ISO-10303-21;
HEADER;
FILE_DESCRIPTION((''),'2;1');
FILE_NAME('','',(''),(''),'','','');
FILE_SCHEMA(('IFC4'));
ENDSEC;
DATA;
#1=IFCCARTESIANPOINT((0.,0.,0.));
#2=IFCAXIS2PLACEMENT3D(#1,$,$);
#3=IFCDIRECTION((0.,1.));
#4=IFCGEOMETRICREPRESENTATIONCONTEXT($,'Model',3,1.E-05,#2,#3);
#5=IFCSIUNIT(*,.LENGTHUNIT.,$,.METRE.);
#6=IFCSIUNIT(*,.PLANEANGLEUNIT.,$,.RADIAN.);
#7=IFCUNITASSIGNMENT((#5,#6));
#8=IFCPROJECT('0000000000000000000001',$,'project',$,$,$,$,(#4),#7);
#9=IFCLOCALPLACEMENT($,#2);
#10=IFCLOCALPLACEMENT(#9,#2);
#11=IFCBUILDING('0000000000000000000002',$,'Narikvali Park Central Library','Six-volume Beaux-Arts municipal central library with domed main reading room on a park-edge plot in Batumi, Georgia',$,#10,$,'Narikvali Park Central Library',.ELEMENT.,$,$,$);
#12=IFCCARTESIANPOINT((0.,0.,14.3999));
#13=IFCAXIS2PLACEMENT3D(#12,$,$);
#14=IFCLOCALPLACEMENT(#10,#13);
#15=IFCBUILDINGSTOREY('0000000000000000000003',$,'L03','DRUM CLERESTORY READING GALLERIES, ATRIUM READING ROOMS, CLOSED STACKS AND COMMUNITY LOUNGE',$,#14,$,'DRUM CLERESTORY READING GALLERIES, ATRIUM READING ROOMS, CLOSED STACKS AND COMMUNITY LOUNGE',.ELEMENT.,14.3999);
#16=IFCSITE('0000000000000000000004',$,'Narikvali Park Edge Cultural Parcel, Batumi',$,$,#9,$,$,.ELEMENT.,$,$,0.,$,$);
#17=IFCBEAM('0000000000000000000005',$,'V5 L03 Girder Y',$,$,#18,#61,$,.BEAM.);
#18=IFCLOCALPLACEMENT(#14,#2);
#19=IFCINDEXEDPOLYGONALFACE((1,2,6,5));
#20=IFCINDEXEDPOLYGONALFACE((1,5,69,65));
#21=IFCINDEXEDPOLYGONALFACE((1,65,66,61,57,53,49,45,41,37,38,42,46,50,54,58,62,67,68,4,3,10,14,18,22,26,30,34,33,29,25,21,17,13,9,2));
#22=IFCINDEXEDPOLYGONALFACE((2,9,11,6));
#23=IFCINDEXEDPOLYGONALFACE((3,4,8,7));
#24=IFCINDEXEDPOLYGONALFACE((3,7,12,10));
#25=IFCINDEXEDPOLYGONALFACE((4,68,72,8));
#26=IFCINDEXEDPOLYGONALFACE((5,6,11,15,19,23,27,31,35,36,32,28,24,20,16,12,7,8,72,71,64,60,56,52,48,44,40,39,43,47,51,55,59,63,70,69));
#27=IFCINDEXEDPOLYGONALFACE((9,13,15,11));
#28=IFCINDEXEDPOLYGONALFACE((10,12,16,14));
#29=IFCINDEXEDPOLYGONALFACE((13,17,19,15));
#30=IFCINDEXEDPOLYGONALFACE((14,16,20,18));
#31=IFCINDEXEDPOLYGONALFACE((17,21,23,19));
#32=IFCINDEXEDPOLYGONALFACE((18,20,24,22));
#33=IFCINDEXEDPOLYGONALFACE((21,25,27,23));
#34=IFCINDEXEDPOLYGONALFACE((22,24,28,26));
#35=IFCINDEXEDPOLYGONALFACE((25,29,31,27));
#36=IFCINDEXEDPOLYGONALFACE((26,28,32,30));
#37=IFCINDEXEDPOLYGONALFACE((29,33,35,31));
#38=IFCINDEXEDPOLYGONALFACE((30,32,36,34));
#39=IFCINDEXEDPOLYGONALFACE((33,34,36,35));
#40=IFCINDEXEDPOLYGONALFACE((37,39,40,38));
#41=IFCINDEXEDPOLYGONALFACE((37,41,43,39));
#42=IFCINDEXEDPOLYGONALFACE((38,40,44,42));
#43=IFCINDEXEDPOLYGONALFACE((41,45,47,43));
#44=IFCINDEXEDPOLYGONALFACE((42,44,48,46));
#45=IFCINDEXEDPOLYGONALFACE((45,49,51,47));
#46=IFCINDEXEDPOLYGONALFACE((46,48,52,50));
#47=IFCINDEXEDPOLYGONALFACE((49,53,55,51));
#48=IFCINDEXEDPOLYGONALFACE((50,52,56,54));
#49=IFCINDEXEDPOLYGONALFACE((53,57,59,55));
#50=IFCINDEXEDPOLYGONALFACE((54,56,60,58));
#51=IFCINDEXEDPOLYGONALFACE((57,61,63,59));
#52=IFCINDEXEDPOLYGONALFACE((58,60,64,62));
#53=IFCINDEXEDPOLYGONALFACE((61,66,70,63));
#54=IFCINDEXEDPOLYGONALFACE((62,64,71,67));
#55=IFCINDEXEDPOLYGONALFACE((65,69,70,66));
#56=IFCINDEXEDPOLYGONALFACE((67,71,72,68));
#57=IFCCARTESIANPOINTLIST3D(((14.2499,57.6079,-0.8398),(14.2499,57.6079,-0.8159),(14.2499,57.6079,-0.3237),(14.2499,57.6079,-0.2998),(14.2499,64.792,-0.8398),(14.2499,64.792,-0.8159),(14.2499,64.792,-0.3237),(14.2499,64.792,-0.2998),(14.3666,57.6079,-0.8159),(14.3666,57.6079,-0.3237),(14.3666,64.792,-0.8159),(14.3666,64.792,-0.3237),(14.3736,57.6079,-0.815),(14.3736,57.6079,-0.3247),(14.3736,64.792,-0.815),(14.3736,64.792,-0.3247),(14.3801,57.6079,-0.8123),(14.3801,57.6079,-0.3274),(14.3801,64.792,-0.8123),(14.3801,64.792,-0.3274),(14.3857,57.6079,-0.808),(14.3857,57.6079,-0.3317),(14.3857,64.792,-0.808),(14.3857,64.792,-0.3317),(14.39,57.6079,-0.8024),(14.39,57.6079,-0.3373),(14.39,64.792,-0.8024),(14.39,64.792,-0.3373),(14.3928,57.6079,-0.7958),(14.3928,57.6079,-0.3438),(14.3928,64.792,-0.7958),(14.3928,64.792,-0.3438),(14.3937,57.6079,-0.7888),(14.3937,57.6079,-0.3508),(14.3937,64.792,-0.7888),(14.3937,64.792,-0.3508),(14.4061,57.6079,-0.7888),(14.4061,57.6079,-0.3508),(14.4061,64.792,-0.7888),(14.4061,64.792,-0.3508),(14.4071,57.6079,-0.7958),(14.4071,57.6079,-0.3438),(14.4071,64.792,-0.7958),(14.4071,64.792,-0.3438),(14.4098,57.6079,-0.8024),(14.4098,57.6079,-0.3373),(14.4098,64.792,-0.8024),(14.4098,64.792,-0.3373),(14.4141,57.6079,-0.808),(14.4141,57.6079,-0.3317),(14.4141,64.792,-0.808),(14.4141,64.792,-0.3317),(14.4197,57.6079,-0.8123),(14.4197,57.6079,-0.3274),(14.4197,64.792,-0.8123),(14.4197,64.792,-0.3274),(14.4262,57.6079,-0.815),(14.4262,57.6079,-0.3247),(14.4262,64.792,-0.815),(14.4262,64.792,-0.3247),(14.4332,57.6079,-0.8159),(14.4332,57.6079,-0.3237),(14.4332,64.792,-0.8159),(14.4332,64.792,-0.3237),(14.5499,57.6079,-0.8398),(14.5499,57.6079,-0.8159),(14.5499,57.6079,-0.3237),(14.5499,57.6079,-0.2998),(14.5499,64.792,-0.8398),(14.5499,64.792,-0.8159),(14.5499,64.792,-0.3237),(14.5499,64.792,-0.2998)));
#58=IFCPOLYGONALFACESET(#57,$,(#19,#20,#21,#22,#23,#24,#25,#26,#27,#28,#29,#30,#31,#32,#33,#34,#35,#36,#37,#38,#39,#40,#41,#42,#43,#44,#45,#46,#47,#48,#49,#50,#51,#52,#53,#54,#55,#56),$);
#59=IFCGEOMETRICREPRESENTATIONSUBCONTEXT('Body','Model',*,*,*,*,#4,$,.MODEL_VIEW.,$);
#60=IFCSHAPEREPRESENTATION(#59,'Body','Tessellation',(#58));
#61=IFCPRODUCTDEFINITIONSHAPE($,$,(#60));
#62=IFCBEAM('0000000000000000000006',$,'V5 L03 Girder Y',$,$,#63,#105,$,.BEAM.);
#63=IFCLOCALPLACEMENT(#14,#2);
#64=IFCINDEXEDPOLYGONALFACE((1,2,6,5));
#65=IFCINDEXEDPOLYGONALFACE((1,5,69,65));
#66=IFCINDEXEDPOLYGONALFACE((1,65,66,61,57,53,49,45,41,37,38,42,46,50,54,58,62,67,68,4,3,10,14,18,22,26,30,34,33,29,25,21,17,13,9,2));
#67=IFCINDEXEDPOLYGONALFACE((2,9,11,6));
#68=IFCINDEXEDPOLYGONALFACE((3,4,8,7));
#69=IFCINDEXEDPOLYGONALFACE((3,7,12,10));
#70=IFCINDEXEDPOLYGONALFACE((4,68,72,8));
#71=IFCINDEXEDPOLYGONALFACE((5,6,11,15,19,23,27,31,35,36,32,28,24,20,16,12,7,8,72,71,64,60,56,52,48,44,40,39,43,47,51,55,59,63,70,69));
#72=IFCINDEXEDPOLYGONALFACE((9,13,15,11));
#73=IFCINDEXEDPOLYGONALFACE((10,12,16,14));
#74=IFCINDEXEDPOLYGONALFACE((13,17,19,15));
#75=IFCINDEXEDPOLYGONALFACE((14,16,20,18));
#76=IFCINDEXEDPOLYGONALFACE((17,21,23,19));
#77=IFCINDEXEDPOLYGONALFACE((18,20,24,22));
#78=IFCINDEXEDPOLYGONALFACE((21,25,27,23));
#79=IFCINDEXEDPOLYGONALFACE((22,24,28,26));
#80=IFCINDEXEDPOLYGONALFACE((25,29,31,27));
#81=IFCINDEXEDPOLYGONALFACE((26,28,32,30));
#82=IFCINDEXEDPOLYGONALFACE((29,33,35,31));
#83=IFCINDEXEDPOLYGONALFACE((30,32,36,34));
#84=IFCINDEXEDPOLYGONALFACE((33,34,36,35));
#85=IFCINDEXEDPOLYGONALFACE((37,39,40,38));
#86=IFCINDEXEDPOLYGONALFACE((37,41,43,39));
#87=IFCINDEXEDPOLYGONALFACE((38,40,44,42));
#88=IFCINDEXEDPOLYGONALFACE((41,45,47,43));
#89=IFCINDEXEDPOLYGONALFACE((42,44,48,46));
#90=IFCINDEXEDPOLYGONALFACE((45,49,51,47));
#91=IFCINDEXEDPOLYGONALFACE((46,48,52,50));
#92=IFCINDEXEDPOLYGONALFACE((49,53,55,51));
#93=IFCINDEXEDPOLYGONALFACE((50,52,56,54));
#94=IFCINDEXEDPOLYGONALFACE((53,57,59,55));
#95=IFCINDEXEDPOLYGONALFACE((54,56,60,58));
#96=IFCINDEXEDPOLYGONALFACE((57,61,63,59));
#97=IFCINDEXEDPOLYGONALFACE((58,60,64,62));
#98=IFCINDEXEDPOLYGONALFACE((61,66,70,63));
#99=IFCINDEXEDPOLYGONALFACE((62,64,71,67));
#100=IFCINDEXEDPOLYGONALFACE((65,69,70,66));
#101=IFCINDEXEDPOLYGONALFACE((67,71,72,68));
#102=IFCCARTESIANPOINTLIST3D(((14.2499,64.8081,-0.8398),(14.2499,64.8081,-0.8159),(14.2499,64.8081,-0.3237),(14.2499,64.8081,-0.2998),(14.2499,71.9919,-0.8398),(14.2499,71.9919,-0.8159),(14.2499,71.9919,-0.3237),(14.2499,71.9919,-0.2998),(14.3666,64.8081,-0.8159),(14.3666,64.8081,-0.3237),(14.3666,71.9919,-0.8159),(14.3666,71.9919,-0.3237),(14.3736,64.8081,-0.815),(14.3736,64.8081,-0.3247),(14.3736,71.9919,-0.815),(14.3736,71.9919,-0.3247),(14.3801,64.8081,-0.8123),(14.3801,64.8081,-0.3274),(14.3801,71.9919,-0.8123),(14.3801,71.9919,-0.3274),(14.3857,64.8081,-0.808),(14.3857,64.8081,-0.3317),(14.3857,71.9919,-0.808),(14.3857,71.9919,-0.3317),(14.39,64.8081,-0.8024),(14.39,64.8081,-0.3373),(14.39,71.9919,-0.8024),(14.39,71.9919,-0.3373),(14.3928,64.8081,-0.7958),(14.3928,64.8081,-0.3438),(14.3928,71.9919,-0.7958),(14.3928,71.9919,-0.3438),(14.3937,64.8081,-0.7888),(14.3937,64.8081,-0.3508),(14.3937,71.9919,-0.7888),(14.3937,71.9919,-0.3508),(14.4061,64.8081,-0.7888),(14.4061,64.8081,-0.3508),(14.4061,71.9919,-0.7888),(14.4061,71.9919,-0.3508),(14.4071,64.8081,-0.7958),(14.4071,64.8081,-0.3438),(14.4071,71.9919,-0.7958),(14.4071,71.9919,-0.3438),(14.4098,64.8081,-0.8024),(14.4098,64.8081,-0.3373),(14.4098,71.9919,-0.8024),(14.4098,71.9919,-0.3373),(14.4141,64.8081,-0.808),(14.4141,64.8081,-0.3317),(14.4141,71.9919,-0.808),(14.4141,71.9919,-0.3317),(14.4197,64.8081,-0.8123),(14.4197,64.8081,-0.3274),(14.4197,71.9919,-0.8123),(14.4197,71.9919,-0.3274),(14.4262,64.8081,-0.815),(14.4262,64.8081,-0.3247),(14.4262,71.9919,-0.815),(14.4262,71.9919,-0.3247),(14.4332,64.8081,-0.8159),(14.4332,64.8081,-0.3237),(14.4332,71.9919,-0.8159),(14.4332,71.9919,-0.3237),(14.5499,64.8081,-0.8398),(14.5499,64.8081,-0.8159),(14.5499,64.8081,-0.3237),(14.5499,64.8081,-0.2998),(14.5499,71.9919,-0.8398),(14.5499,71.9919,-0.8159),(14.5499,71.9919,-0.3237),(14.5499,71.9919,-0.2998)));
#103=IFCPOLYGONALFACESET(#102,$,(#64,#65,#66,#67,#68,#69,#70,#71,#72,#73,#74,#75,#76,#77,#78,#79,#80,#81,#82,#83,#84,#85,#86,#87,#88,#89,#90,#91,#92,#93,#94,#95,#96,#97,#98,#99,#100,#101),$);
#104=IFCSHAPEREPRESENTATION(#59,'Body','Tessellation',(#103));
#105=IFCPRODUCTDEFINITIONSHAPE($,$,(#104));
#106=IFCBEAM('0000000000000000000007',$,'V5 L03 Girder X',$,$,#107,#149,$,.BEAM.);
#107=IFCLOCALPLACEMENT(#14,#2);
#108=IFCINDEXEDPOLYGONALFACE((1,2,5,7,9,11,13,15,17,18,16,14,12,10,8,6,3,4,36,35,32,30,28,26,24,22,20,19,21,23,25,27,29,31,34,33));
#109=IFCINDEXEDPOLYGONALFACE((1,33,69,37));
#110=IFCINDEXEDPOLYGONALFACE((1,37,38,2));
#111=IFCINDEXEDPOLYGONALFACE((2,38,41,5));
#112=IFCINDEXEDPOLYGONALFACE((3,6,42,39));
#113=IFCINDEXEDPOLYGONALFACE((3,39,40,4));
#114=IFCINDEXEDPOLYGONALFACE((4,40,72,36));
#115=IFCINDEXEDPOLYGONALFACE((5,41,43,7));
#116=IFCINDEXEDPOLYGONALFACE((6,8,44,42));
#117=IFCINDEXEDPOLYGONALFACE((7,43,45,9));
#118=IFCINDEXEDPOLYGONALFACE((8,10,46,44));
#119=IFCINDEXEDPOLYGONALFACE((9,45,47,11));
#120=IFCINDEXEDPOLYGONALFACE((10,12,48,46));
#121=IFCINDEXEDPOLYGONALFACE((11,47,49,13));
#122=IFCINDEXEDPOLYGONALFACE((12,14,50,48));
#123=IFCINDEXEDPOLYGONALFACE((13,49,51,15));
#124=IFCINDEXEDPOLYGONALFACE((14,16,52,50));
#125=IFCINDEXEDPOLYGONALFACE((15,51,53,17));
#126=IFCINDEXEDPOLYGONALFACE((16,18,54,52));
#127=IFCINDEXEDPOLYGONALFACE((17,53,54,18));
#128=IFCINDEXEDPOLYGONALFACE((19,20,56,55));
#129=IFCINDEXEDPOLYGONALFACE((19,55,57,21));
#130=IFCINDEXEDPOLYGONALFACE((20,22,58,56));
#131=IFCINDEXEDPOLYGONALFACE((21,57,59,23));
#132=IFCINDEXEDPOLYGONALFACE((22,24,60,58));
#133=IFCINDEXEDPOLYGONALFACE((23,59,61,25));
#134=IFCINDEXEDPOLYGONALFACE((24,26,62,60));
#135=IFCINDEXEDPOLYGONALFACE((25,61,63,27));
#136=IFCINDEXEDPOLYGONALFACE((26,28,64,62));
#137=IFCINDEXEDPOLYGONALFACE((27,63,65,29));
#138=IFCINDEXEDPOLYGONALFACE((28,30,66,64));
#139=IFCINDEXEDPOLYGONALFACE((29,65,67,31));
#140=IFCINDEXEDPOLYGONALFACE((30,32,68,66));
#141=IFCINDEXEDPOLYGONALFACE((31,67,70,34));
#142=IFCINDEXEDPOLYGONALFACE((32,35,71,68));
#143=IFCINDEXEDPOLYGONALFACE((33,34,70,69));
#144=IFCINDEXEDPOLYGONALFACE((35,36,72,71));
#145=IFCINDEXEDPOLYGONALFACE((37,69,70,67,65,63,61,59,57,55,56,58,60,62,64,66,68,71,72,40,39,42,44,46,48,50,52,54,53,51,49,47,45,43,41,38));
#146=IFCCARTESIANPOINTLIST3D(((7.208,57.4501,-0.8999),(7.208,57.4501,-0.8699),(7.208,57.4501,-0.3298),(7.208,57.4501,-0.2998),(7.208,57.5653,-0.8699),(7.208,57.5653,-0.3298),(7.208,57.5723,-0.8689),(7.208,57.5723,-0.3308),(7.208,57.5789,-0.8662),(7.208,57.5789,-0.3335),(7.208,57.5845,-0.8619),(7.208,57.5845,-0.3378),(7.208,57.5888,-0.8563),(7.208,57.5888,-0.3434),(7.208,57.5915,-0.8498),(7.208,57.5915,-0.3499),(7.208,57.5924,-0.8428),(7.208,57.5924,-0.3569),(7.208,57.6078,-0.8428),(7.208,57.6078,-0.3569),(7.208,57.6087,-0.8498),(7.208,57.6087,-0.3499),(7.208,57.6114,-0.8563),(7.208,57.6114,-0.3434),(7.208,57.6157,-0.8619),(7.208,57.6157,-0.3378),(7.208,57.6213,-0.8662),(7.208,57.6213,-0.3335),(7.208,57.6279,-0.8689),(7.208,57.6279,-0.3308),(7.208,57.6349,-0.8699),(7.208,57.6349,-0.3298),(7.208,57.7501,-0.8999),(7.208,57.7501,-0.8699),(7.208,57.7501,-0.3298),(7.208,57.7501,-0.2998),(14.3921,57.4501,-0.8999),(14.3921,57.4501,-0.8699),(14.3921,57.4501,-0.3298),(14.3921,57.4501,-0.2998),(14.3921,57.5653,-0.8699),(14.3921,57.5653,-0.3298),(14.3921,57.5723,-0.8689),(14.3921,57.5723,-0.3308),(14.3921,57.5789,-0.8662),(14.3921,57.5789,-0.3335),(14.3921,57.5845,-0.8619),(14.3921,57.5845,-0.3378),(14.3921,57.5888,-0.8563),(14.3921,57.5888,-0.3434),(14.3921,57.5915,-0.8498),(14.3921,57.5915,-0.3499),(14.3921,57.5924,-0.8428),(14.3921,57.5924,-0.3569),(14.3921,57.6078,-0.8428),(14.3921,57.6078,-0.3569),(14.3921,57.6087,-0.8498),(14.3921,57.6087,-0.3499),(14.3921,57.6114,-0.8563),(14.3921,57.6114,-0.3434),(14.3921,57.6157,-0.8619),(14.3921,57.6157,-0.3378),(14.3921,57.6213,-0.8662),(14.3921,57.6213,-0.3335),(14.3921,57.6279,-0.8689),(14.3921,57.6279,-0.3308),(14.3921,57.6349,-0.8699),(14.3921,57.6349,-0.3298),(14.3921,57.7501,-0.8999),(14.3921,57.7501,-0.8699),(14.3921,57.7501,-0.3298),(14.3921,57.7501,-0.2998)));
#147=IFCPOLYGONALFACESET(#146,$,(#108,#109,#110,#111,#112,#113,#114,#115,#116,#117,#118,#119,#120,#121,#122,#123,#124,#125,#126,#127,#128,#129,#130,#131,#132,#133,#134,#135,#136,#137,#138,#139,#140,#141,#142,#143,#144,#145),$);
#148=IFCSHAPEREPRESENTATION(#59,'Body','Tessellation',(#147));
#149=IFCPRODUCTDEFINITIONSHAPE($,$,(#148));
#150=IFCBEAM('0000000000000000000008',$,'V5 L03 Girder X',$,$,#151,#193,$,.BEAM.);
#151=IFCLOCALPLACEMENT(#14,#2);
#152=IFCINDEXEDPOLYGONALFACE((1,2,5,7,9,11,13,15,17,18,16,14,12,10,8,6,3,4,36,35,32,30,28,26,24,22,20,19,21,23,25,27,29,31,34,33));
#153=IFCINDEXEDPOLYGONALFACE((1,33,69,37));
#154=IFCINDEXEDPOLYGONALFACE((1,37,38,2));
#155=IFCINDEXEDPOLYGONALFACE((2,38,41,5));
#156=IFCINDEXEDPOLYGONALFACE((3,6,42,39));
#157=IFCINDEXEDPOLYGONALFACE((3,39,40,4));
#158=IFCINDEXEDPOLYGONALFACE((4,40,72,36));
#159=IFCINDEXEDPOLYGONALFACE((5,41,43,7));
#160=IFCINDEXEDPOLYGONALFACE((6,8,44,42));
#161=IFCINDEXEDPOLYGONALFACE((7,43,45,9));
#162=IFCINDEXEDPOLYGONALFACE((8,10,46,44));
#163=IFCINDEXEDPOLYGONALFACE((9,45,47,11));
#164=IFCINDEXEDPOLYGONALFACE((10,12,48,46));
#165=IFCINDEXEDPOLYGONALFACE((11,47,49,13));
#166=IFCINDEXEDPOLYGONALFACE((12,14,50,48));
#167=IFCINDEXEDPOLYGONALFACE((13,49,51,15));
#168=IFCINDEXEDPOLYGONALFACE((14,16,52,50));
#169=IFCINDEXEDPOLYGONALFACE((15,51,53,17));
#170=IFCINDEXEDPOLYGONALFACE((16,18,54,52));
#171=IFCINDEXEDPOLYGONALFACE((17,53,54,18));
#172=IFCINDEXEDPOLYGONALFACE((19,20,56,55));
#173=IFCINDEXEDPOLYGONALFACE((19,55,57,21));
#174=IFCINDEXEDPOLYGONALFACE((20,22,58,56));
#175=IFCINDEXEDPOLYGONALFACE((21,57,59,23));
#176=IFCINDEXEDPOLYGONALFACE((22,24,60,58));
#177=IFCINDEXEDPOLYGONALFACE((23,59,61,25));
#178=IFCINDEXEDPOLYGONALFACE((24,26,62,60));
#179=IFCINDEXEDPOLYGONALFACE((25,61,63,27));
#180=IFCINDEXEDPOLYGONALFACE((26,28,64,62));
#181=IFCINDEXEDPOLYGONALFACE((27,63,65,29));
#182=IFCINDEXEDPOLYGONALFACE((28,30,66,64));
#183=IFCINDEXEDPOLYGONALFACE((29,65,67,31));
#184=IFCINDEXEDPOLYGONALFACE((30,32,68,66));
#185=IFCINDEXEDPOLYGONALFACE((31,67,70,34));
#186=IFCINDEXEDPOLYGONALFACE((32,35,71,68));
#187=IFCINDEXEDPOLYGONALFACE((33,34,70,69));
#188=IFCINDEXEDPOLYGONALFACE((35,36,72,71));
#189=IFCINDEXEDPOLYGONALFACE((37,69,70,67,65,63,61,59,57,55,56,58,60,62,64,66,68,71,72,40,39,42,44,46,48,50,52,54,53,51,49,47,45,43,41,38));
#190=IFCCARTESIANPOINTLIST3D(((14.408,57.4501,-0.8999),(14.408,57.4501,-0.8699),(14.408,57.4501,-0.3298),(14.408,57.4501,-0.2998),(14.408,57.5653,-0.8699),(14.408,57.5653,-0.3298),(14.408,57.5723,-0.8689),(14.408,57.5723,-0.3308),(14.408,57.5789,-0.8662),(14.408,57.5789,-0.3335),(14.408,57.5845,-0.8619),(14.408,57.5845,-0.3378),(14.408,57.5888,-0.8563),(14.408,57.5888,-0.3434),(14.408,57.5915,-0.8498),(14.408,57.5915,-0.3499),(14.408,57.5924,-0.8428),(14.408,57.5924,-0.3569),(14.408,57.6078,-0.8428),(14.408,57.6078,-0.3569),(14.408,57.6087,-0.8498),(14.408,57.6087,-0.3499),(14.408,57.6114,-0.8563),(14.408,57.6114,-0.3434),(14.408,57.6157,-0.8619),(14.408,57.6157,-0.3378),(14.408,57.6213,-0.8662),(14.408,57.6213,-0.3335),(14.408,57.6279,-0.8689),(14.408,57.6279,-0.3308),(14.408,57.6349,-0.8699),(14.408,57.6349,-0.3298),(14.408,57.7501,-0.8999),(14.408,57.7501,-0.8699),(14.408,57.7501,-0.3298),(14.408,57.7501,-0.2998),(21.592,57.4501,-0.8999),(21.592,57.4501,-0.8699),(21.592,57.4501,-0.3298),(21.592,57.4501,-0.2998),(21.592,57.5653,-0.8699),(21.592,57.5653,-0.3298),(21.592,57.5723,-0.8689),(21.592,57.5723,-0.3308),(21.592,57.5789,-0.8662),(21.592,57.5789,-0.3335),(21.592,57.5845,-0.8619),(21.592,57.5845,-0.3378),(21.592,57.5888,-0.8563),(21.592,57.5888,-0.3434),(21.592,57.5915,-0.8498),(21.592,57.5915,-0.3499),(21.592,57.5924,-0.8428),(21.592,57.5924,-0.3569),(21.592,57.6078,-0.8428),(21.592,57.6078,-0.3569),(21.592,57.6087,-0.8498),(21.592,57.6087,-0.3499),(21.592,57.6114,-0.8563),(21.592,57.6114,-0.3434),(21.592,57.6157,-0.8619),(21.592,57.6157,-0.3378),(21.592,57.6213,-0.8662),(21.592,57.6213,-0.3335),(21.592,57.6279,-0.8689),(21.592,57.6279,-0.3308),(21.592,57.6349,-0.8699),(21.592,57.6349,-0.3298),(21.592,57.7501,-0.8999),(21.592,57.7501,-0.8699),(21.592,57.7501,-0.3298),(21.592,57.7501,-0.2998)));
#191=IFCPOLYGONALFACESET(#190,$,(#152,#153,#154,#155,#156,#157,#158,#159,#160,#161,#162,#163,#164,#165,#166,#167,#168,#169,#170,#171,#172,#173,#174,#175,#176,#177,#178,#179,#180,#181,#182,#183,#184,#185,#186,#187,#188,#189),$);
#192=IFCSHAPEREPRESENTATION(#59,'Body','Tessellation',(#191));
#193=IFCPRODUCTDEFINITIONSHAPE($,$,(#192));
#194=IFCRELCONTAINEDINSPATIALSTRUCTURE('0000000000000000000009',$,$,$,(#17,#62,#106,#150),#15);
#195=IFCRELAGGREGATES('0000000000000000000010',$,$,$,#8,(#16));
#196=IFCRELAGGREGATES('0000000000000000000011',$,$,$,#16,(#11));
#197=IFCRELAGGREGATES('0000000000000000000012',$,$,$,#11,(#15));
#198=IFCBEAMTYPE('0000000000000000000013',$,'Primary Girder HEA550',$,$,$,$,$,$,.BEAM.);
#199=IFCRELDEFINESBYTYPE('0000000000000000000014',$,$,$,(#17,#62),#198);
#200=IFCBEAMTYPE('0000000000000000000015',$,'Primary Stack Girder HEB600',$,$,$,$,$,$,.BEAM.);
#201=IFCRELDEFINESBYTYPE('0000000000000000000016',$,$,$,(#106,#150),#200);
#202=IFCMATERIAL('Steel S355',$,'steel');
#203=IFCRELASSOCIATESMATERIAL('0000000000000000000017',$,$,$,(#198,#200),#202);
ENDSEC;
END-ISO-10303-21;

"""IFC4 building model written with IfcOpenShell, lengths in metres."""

from ifc_helpers import new_model, si_unit, direction, frame, origin, origin_2d, place, context, subcontext, project, spatial, i_section, extrude, material, material_profile, profile_set, type_object, element, save


model = new_model("IFC4")

# Units and contexts
model_context = context("Model", 3, precision=1e-05, world=origin(), true_north=direction((0.0, 1.0)))
body_context = subcontext(model_context, "Body", "Model", "MODEL_VIEW")
ifc_project = project(units=[si_unit("LENGTHUNIT", "METRE"), si_unit("PLANEANGLEUNIT", "RADIAN")], contexts=[model_context])

# Site, building, storey
site_placement = place(None, origin())
site = spatial("IfcSite", under=ifc_project, at=site_placement, Name="Narikvali Park Edge Cultural Parcel, Batumi", CompositionType="ELEMENT", RefElevation=0.0)
building_placement = place(site_placement, origin())
building = spatial("IfcBuilding", under=site, at=building_placement, Name="Narikvali Park Central Library", Description="Six-volume Beaux-Arts municipal central library with domed main reading room on a park-edge plot in Batumi, Georgia", LongName="Narikvali Park Central Library", CompositionType="ELEMENT")
storey_placement = place(building_placement, frame((0.0, 0.0, 14.3999)))
storey = spatial("IfcBuildingStorey", under=building, at=storey_placement, Name="L03", Description="DRUM CLERESTORY READING GALLERIES, ATRIUM READING ROOMS, CLOSED STACKS AND COMMUNITY LOUNGE", LongName="DRUM CLERESTORY READING GALLERIES, ATRIUM READING ROOMS, CLOSED STACKS AND COMMUNITY LOUNGE", CompositionType="ELEMENT", Elevation=14.3999)

# Shared definitions
ifc_material_1 = material(Name="Steel S355", Category="steel")

# Beams
ifc_material_profile_1 = material_profile(ifc_material_1, i_section(OverallWidth=0.3, OverallDepth=0.54, WebThickness=0.0125, FlangeThickness=0.0239, FilletRadius=0.0271, at=origin_2d()), Name="HEA 550")
ifc_profile_set_1 = profile_set([ifc_material_profile_1], Name="Steel S355")
beam_type_1 = type_object("IfcBeamType", Name="Primary Girder HEA550", PredefinedType="BEAM", material=ifc_profile_set_1)
beam_1_placement = place(storey_placement, frame((14.3999, 57.6079, -0.5698), z_axis=(0.0, 1.0, 0.0), x_axis=(-1.0, 0.0, 0.0)))
element("IfcBeam", 1, at=beam_1_placement, inside=storey, type_object=beam_type_1, Name="V5 L03 Girder Y", PredefinedType="BEAM", context=body_context, shape_type="SweptSolid", body=[
    extrude(i_section(OverallWidth=0.3, OverallDepth=0.54, WebThickness=0.0125, FlangeThickness=0.0239, FilletRadius=0.0271, at=origin_2d()), origin(), (0.0, 0.0, 1.0), 7.1841),
])
beam_2_placement = place(storey_placement, frame((14.3999, 64.8081, -0.5698), z_axis=(0.0, 1.0, 0.0), x_axis=(-1.0, 0.0, 0.0)))
element("IfcBeam", 2, at=beam_2_placement, inside=storey, type_object=beam_type_1, Name="V5 L03 Girder Y", PredefinedType="BEAM", context=body_context, shape_type="SweptSolid", body=[
    extrude(i_section(OverallWidth=0.3, OverallDepth=0.54, WebThickness=0.0125, FlangeThickness=0.0239, FilletRadius=0.0271, at=origin_2d()), origin(), (0.0, 0.0, 1.0), 7.1838),
])
ifc_material_profile_2 = material_profile(ifc_material_1, i_section(OverallWidth=0.3, OverallDepth=0.6001, WebThickness=0.0154, FlangeThickness=0.03, FilletRadius=0.0271, at=origin_2d()), Name="HEB 600")
ifc_profile_set_2 = profile_set([ifc_material_profile_2], Name="Steel S355")
beam_type_2 = type_object("IfcBeamType", Name="Primary Stack Girder HEB600", PredefinedType="BEAM", material=ifc_profile_set_2)
for number, where, z_axis, x_axis, name in (
    (3, (7.208, 57.6001, -0.5999), (1.0, 0.0, 0.0), (0.0, 1.0, 0.0), "V5 L03 Girder X"),
    (4, (14.408, 57.6001, -0.5999), (1.0, 0.0, 0.0), (0.0, 1.0, 0.0), "V5 L03 Girder X"),
):
    element("IfcBeam", number, at=place(storey_placement, frame(where, z_axis=z_axis, x_axis=x_axis)), inside=storey, type_object=beam_type_2, Name=name, PredefinedType="BEAM", context=body_context, shape_type="SweptSolid", body=[
        extrude(i_section(OverallWidth=0.3, OverallDepth=0.6001, WebThickness=0.0154, FlangeThickness=0.03, FilletRadius=0.0271, at=origin_2d()), origin(), (0.0, 0.0, 1.0), 7.1841),
    ])

save(model, "model.ifc")
